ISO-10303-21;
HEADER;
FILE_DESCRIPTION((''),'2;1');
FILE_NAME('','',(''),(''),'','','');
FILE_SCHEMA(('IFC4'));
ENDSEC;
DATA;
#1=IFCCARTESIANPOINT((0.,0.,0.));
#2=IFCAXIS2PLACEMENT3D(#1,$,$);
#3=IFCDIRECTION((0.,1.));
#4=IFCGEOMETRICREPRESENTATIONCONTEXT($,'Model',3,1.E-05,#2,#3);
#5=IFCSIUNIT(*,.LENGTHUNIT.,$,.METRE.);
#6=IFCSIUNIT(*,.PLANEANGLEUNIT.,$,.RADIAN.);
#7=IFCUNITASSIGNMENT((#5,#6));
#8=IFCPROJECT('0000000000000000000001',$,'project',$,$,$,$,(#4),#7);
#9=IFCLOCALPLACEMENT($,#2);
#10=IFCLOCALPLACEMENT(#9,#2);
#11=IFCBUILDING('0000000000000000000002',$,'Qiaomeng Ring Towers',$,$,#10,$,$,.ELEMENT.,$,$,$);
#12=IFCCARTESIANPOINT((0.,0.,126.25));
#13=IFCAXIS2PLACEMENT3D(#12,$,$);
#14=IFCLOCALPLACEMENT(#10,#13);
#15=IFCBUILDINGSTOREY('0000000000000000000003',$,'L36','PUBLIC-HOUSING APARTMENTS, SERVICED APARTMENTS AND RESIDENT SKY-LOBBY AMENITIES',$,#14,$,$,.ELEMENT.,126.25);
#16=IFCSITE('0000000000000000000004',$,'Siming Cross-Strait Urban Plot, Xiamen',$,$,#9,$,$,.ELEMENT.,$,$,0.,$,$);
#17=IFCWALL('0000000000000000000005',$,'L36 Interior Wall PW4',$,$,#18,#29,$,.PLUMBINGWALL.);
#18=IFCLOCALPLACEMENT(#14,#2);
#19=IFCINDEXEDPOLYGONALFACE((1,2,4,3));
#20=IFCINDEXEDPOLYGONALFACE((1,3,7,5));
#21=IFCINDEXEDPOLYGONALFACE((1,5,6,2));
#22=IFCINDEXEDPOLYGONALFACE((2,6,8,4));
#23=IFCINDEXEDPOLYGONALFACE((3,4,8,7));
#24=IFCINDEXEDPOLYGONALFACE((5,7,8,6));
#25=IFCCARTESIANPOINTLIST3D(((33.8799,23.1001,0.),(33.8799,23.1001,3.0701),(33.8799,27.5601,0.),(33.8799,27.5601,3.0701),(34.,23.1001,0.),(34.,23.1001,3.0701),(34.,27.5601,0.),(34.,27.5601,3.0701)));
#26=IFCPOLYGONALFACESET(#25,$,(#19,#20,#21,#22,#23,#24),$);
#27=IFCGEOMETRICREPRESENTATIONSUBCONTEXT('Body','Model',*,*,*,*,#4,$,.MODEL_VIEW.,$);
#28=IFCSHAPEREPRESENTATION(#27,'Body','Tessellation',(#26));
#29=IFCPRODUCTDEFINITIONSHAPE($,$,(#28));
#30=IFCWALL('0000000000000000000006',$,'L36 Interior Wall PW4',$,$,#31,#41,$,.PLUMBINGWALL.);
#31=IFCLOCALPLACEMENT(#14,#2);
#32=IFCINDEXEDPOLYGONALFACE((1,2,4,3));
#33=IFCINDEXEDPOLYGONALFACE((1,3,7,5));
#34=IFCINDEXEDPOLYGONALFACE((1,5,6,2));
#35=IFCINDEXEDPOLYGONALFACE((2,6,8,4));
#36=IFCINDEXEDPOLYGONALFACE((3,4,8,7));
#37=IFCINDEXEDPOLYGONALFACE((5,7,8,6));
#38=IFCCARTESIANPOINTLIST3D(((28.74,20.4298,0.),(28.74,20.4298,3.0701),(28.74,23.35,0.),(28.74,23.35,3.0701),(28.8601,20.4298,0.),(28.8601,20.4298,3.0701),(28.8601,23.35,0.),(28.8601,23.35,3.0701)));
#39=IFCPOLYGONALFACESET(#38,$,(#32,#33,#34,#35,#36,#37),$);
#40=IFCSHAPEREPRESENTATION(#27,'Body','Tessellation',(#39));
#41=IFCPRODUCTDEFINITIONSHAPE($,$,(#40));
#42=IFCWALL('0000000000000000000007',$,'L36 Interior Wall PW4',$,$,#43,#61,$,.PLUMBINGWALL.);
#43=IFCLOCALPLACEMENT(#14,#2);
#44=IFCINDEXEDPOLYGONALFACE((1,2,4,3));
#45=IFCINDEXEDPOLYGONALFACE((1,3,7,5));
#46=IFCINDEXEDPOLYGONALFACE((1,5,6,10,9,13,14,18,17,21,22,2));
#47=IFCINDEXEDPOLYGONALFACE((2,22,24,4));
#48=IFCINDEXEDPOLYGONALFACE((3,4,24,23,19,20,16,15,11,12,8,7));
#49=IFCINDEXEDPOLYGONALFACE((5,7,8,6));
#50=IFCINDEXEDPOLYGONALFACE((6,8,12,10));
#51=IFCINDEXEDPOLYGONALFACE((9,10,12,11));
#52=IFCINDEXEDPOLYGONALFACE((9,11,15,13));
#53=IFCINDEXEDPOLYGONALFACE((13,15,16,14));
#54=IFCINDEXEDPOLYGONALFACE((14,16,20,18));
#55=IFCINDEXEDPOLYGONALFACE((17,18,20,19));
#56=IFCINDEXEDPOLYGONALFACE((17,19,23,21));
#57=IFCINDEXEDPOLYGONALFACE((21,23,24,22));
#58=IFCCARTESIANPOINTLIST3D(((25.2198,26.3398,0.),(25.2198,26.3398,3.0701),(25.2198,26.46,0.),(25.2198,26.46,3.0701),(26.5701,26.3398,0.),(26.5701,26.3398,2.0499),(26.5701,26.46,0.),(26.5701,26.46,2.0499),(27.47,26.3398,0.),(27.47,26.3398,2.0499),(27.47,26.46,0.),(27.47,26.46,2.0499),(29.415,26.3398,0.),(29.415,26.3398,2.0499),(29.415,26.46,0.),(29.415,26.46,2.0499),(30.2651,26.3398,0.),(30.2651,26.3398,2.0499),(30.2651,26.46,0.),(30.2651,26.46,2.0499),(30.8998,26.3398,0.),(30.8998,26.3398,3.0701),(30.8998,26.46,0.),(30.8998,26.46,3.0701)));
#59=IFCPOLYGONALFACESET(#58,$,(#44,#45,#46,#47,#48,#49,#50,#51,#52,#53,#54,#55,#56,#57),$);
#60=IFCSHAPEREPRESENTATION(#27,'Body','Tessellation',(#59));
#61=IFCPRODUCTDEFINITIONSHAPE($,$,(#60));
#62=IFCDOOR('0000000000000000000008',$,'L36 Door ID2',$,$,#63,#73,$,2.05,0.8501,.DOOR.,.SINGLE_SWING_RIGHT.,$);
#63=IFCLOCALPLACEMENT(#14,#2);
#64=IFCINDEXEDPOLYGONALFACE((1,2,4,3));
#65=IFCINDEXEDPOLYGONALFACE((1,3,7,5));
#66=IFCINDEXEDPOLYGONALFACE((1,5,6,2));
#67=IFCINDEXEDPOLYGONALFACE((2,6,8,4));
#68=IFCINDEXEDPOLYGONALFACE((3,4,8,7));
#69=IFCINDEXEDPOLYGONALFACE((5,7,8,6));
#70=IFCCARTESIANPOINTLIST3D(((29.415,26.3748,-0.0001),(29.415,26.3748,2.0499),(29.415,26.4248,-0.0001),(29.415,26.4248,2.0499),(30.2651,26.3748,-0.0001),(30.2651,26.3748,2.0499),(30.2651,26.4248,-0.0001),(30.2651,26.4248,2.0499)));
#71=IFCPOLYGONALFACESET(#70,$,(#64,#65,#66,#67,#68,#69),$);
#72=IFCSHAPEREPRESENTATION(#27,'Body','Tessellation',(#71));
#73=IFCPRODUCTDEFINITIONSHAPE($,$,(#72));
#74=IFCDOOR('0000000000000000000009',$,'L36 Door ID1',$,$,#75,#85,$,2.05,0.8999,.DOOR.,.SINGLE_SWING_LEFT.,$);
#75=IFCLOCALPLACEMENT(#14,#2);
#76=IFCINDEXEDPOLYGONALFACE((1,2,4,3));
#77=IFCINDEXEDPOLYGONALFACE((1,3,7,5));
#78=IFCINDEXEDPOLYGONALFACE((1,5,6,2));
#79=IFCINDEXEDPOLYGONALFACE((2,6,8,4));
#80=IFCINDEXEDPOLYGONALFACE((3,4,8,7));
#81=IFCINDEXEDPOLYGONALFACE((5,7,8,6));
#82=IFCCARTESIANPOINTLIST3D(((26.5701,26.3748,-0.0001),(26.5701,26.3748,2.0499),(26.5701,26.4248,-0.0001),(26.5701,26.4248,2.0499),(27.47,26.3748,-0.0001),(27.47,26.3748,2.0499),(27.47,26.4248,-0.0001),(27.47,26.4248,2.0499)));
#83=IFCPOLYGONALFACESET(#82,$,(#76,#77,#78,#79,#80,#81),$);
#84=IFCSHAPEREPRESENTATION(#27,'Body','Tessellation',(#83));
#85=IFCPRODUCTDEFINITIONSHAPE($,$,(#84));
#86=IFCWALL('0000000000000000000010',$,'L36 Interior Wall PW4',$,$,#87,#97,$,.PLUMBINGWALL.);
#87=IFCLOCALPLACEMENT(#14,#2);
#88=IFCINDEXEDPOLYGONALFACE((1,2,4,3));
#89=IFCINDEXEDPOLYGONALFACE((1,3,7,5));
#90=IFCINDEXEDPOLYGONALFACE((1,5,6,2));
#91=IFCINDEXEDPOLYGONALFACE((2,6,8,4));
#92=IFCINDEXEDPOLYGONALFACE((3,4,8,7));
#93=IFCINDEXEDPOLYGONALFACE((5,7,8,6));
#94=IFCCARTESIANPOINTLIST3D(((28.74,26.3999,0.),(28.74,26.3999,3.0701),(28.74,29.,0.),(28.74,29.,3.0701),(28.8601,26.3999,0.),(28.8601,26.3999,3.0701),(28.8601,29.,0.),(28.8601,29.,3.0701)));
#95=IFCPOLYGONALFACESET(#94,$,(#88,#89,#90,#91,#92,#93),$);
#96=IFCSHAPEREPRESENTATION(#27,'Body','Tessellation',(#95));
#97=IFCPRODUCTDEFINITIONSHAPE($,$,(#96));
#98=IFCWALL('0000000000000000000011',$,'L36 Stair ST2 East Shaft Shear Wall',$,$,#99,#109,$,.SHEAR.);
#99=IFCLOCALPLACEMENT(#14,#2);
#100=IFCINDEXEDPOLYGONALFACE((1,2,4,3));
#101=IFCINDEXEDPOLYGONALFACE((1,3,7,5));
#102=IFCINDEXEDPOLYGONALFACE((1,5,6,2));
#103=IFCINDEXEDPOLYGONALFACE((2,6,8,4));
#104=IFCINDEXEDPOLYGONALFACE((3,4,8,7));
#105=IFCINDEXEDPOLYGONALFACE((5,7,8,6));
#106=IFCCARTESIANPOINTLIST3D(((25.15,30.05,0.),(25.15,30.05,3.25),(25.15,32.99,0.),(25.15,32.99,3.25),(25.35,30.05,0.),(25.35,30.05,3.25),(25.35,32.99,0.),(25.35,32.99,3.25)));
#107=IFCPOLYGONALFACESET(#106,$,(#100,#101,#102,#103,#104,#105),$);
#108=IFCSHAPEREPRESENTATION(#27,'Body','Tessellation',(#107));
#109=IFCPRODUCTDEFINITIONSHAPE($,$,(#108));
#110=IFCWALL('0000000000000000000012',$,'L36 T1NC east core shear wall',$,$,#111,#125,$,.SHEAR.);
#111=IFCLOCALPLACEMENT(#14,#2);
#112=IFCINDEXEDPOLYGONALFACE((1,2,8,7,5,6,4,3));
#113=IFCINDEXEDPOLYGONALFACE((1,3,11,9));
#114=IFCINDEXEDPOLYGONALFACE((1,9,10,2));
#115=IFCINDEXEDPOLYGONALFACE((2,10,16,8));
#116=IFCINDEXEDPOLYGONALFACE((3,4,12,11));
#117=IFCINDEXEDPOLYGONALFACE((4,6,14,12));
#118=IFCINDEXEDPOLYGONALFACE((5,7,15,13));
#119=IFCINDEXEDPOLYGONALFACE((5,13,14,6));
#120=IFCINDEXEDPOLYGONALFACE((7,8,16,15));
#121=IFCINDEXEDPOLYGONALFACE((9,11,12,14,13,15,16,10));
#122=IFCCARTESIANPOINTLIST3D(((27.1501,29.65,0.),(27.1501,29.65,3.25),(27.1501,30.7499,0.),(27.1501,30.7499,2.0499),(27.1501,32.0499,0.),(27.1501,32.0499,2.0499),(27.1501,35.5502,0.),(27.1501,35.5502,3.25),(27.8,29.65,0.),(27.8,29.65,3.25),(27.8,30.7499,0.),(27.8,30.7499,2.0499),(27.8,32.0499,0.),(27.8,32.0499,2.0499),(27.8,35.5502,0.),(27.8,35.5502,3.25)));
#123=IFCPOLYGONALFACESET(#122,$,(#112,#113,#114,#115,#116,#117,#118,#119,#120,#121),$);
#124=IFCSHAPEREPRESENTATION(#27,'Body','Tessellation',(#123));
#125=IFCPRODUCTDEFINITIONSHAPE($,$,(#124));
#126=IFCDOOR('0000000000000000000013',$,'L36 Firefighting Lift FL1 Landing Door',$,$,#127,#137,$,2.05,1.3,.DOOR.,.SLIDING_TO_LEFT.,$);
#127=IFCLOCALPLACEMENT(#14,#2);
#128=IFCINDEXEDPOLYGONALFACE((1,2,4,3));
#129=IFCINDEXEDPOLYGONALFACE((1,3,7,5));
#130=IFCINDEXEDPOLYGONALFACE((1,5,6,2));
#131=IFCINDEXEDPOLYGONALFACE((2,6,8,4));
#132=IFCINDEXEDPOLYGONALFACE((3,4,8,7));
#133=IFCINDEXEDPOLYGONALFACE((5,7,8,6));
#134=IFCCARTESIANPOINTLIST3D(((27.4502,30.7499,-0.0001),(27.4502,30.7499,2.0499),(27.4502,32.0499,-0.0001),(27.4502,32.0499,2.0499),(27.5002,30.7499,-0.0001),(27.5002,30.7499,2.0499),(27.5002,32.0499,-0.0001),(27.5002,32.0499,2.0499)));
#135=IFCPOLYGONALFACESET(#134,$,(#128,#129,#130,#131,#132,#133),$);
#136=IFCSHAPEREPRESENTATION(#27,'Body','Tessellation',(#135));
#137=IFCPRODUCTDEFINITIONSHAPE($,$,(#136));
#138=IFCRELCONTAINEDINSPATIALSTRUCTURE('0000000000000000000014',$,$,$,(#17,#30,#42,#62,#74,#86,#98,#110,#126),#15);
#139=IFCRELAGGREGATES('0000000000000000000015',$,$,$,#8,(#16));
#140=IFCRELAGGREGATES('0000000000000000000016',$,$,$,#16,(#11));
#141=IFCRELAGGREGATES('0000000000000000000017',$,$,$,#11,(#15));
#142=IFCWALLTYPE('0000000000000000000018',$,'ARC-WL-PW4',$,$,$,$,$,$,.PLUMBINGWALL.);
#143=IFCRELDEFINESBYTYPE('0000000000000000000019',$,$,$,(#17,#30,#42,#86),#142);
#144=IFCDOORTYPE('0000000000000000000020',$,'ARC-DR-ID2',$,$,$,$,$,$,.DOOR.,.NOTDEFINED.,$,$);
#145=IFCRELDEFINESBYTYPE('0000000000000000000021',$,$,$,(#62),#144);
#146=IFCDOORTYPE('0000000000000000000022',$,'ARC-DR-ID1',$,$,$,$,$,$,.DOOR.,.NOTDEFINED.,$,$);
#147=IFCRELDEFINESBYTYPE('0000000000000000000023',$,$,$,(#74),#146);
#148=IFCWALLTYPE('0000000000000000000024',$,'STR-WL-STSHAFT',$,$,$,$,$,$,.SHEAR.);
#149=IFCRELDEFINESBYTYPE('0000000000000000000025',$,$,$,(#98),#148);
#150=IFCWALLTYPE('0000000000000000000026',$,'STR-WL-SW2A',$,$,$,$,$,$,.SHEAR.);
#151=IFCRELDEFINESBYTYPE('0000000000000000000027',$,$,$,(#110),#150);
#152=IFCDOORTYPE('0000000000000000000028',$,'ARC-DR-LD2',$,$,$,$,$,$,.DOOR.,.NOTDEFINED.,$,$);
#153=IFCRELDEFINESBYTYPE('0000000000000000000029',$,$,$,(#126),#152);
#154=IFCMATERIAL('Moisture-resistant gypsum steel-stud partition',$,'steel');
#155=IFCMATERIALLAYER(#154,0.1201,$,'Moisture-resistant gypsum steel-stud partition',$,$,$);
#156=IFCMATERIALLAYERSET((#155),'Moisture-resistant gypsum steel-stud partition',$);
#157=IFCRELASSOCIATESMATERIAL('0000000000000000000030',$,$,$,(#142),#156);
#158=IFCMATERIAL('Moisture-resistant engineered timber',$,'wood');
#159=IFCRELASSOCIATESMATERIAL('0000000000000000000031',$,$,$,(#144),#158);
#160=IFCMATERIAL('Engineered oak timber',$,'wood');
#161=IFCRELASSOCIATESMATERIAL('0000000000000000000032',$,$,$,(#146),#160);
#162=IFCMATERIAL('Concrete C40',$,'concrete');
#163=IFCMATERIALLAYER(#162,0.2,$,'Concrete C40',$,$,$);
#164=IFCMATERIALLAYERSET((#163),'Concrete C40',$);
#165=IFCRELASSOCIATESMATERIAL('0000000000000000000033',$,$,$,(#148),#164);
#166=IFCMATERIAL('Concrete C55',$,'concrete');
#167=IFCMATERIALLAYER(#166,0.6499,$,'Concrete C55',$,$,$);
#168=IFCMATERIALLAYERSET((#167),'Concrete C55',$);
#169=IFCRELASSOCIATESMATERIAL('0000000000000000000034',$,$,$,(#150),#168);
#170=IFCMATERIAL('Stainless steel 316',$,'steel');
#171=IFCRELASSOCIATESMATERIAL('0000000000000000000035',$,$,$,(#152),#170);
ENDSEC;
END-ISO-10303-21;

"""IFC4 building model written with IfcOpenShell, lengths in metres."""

from ifc_helpers import new_model, si_unit, direction, frame, frame_2d, origin, place, context, subcontext, project, spatial, rectangle, extrude, source, transform, mapped, material, layer, layer_set, type_object, element, fill, save


model = new_model("IFC4")

# Units and contexts
model_context = context("Model", 3, precision=1e-05, world=origin(), true_north=direction((0.0, 1.0)))
body_context = subcontext(model_context, "Body", "Model", "MODEL_VIEW")
ifc_project = project(units=[si_unit("LENGTHUNIT", "METRE"), si_unit("PLANEANGLEUNIT", "RADIAN")], contexts=[model_context])

# Site, building, storey
site_placement = place(None, origin())
site = spatial("IfcSite", under=ifc_project, at=site_placement, Name="Siming Cross-Strait Urban Plot, Xiamen", CompositionType="ELEMENT", RefElevation=0.0)
building_placement = place(site_placement, origin())
building = spatial("IfcBuilding", under=site, at=building_placement, Name="Qiaomeng Ring Towers", CompositionType="ELEMENT")
storey_placement = place(building_placement, frame((0.0, 0.0, 126.25)))
storey = spatial("IfcBuildingStorey", under=building, at=storey_placement, Name="L36", Description="PUBLIC-HOUSING APARTMENTS, SERVICED APARTMENTS AND RESIDENT SKY-LOBBY AMENITIES", CompositionType="ELEMENT", Elevation=126.25)

# Shared definitions
ifc_material_1 = material(Name="Concrete C55", Category="concrete")

# Shared definitions
ifc_material_2 = material(Name="Moisture-resistant gypsum steel-stud partition", Category="steel")
ifc_layer_1 = layer(ifc_material_2, 0.1201, Name="Moisture-resistant gypsum steel-stud partition")
ifc_layer_set_1 = layer_set([ifc_layer_1], Name="Moisture-resistant gypsum steel-stud partition")
wall_type_1 = type_object("IfcWallType", Name="ARC-WL-PW4", PredefinedType="PLUMBINGWALL", material=ifc_layer_set_1)
ifc_material_3 = material(Name="Moisture-resistant engineered timber", Category="wood")
door_type_1 = type_object("IfcDoorType", Name="ARC-DR-ID2", OperationType="NOTDEFINED", PredefinedType="DOOR", material=ifc_material_3)
shared_shape_1 = source(origin(), body_context, "Body", "SweptSolid", [
    extrude(rectangle(XDim=0.8501, YDim=2.05, at=frame_2d((0.425, 1.0249))), frame((0.0, 0.0249, 0.0), z_axis=(0.0, -1.0, 0.0), x_axis=(1.0, 0.0, 0.0)), (0.0, 0.0, 1.0), 0.05),
])
ifc_material_4 = material(Name="Engineered oak timber", Category="wood")
door_type_2 = type_object("IfcDoorType", Name="ARC-DR-ID1", OperationType="NOTDEFINED", PredefinedType="DOOR", material=ifc_material_4)
shared_shape_2 = source(origin(), body_context, "Body", "SweptSolid", [
    extrude(rectangle(XDim=0.8999, YDim=2.05, at=frame_2d((0.45, 1.0249))), frame((0.0, 0.0249, 0.0), z_axis=(0.0, -1.0, 0.0), x_axis=(1.0, 0.0, 0.0)), (0.0, 0.0, 1.0), 0.05),
])

# Walls
wall_1_placement = place(storey_placement, frame((33.9399, 23.1001, 0.0), z_axis=(0.0, 0.0, 1.0), x_axis=(0.0, 1.0, 0.0)))
element("IfcWall", 1, at=wall_1_placement, inside=storey, type_object=wall_type_1, Name="L36 Interior Wall PW4", PredefinedType="PLUMBINGWALL", context=body_context, shape_type="SweptSolid", body=[
    extrude(rectangle(XDim=4.46, YDim=0.1201, at=frame_2d((2.23, 0.0))), origin(), (0.0, 0.0, 1.0), 3.0701),
])
wall_2_placement = place(storey_placement, frame((28.8, 20.4299, 0.0), z_axis=(0.0, 0.0, 1.0), x_axis=(0.0, 1.0, 0.0)))
element("IfcWall", 2, at=wall_2_placement, inside=storey, type_object=wall_type_1, Name="L36 Interior Wall PW4", PredefinedType="PLUMBINGWALL", context=body_context, shape_type="SweptSolid", body=[
    extrude(rectangle(XDim=2.9202, YDim=0.1201, at=frame_2d((1.46, 0.0))), origin(), (0.0, 0.0, 1.0), 3.0701),
])

# Wall, openings, doors
wall_3_placement = place(storey_placement, frame((25.22, 26.3999, 0.0), z_axis=(0.0, 0.0, 1.0), x_axis=(1.0, 0.0, 0.0)))
wall_3 = element("IfcWall", 3, at=wall_3_placement, inside=storey, type_object=wall_type_1, Name="L36 Interior Wall PW4", PredefinedType="PLUMBINGWALL", context=body_context, shape_type="SweptSolid", body=[
    extrude(rectangle(XDim=5.6799, YDim=0.1201, at=frame_2d((2.8398, 0.0))), origin(), (0.0, 0.0, 1.0), 3.0701),
])
opening_1_placement = place(wall_3_placement, frame((1.3501, 0.0, 0.0)))
opening_1 = element("IfcOpeningElement", 4, at=opening_1_placement, cuts=wall_3, PredefinedType="OPENING", context=body_context, shape_type="SweptSolid", body=[
    extrude(rectangle(XDim=0.8999, YDim=2.05, at=frame_2d((0.45, 1.0249))), frame((0.0, 0.0701, 0.0), z_axis=(0.0, -1.0, 0.0), x_axis=(1.0, 0.0, 0.0)), (0.0, 0.0, 1.0), 0.1401),
])
opening_2_placement = place(wall_3_placement, frame((4.1951, 0.0, 0.0)))
opening_2 = element("IfcOpeningElement", 5, at=opening_2_placement, cuts=wall_3, PredefinedType="OPENING", context=body_context, shape_type="SweptSolid", body=[
    extrude(rectangle(XDim=0.8501, YDim=2.05, at=frame_2d((0.425, 1.0249))), frame((0.0, 0.0701, 0.0), z_axis=(0.0, -1.0, 0.0), x_axis=(1.0, 0.0, 0.0)), (0.0, 0.0, 1.0), 0.1401),
])
door_1_placement = place(opening_2_placement, origin())
door_1 = element("IfcDoor", 6, at=door_1_placement, inside=storey, type_object=door_type_1, Name="L36 Door ID2", OperationType="SINGLE_SWING_RIGHT", OverallHeight=2.05, OverallWidth=0.8501, PredefinedType="DOOR", context=body_context, shape_type="MappedRepresentation", body=[
    mapped(shared_shape_1, transform((0.0, 0.0, 0.0), x_axis=(1.0, 0.0, 0.0), y_axis=(0.0, 1.0, 0.0), z_axis=(0.0, 0.0, 1.0), scale=1.0)),
])
fill(opening_2, door_1)
door_2_placement = place(opening_1_placement, origin())
door_2 = element("IfcDoor", 7, at=door_2_placement, inside=storey, type_object=door_type_2, Name="L36 Door ID1", OperationType="SINGLE_SWING_LEFT", OverallHeight=2.05, OverallWidth=0.8999, PredefinedType="DOOR", context=body_context, shape_type="MappedRepresentation", body=[
    mapped(shared_shape_2, transform((0.0, 0.0, 0.0), x_axis=(1.0, 0.0, 0.0), y_axis=(0.0, 1.0, 0.0), z_axis=(0.0, 0.0, 1.0), scale=1.0)),
])
fill(opening_1, door_2)

# Walls
wall_4_placement = place(storey_placement, frame((28.8, 26.3999, 0.0), z_axis=(0.0, 0.0, 1.0), x_axis=(0.0, 1.0, 0.0)))
element("IfcWall", 8, at=wall_4_placement, inside=storey, type_object=wall_type_1, Name="L36 Interior Wall PW4", PredefinedType="PLUMBINGWALL", context=body_context, shape_type="SweptSolid", body=[
    extrude(rectangle(XDim=2.6001, YDim=0.1201, at=frame_2d((1.3, 0.0))), origin(), (0.0, 0.0, 1.0), 3.0701),
])
ifc_material_5 = material(Name="Concrete C40", Category="concrete")
ifc_layer_2 = layer(ifc_material_5, 0.2, Name="Concrete C40")
ifc_layer_set_2 = layer_set([ifc_layer_2], Name="Concrete C40")
wall_type_2 = type_object("IfcWallType", Name="STR-WL-STSHAFT", PredefinedType="SHEAR", material=ifc_layer_set_2)
wall_5_placement = place(storey_placement, frame((25.25, 30.05, 0.0), z_axis=(0.0, 0.0, 1.0), x_axis=(0.0, 1.0, 0.0)))
element("IfcWall", 9, at=wall_5_placement, inside=storey, type_object=wall_type_2, Name="L36 Stair ST2 East Shaft Shear Wall", PredefinedType="SHEAR", context=body_context, shape_type="SweptSolid", body=[
    extrude(rectangle(XDim=2.9399, YDim=0.2, at=frame_2d((1.47, 0.0))), origin(), (0.0, 0.0, 1.0), 3.25),
])

# Wall, opening, door
ifc_layer_3 = layer(ifc_material_1, 0.6499, Name="Concrete C55")
ifc_layer_set_3 = layer_set([ifc_layer_3], Name="Concrete C55")
wall_type_3 = type_object("IfcWallType", Name="STR-WL-SW2A", PredefinedType="SHEAR", material=ifc_layer_set_3)
wall_6_placement = place(storey_placement, frame((27.4751, 29.6499, 0.0), z_axis=(0.0, 0.0, 1.0), x_axis=(0.0, 1.0, 0.0)))
wall_6 = element("IfcWall", 10, at=wall_6_placement, inside=storey, type_object=wall_type_3, Name="L36 T1NC east core shear wall", PredefinedType="SHEAR", context=body_context, shape_type="SweptSolid", body=[
    extrude(rectangle(XDim=5.9001, YDim=0.6499, at=frame_2d((2.9502, 0.0))), origin(), (0.0, 0.0, 1.0), 3.25),
])
opening_3_placement = place(wall_6_placement, frame((1.1001, 0.0, 0.0)))
opening_3 = element("IfcOpeningElement", 11, at=opening_3_placement, cuts=wall_6, PredefinedType="OPENING", context=body_context, shape_type="SweptSolid", body=[
    extrude(rectangle(XDim=1.3, YDim=2.05, at=frame_2d((0.6499, 1.0249))), frame((0.0, 0.335, 0.0), z_axis=(0.0, -1.0, 0.0), x_axis=(1.0, 0.0, 0.0)), (0.0, 0.0, 1.0), 0.6699),
])
ifc_material_6 = material(Name="Stainless steel 316", Category="steel")
door_type_3 = type_object("IfcDoorType", Name="ARC-DR-LD2", OperationType="NOTDEFINED", PredefinedType="DOOR", material=ifc_material_6)
shared_shape_3 = source(origin(), body_context, "Body", "SweptSolid", [
    extrude(rectangle(XDim=1.3, YDim=2.05, at=frame_2d((0.6499, 1.0249))), frame((0.0, 0.0249, 0.0), z_axis=(0.0, -1.0, 0.0), x_axis=(1.0, 0.0, 0.0)), (0.0, 0.0, 1.0), 0.05),
])
door_3_placement = place(opening_3_placement, origin())
door_3 = element("IfcDoor", 12, at=door_3_placement, inside=storey, type_object=door_type_3, Name="L36 Firefighting Lift FL1 Landing Door", OperationType="SLIDING_TO_LEFT", OverallHeight=2.05, OverallWidth=1.3, PredefinedType="DOOR", context=body_context, shape_type="MappedRepresentation", body=[
    mapped(shared_shape_3, transform((0.0, 0.0, 0.0), x_axis=(1.0, 0.0, 0.0), y_axis=(0.0, 1.0, 0.0), z_axis=(0.0, 0.0, 1.0), scale=1.0)),
])
fill(opening_3, door_3)

save(model, "model.ifc")
